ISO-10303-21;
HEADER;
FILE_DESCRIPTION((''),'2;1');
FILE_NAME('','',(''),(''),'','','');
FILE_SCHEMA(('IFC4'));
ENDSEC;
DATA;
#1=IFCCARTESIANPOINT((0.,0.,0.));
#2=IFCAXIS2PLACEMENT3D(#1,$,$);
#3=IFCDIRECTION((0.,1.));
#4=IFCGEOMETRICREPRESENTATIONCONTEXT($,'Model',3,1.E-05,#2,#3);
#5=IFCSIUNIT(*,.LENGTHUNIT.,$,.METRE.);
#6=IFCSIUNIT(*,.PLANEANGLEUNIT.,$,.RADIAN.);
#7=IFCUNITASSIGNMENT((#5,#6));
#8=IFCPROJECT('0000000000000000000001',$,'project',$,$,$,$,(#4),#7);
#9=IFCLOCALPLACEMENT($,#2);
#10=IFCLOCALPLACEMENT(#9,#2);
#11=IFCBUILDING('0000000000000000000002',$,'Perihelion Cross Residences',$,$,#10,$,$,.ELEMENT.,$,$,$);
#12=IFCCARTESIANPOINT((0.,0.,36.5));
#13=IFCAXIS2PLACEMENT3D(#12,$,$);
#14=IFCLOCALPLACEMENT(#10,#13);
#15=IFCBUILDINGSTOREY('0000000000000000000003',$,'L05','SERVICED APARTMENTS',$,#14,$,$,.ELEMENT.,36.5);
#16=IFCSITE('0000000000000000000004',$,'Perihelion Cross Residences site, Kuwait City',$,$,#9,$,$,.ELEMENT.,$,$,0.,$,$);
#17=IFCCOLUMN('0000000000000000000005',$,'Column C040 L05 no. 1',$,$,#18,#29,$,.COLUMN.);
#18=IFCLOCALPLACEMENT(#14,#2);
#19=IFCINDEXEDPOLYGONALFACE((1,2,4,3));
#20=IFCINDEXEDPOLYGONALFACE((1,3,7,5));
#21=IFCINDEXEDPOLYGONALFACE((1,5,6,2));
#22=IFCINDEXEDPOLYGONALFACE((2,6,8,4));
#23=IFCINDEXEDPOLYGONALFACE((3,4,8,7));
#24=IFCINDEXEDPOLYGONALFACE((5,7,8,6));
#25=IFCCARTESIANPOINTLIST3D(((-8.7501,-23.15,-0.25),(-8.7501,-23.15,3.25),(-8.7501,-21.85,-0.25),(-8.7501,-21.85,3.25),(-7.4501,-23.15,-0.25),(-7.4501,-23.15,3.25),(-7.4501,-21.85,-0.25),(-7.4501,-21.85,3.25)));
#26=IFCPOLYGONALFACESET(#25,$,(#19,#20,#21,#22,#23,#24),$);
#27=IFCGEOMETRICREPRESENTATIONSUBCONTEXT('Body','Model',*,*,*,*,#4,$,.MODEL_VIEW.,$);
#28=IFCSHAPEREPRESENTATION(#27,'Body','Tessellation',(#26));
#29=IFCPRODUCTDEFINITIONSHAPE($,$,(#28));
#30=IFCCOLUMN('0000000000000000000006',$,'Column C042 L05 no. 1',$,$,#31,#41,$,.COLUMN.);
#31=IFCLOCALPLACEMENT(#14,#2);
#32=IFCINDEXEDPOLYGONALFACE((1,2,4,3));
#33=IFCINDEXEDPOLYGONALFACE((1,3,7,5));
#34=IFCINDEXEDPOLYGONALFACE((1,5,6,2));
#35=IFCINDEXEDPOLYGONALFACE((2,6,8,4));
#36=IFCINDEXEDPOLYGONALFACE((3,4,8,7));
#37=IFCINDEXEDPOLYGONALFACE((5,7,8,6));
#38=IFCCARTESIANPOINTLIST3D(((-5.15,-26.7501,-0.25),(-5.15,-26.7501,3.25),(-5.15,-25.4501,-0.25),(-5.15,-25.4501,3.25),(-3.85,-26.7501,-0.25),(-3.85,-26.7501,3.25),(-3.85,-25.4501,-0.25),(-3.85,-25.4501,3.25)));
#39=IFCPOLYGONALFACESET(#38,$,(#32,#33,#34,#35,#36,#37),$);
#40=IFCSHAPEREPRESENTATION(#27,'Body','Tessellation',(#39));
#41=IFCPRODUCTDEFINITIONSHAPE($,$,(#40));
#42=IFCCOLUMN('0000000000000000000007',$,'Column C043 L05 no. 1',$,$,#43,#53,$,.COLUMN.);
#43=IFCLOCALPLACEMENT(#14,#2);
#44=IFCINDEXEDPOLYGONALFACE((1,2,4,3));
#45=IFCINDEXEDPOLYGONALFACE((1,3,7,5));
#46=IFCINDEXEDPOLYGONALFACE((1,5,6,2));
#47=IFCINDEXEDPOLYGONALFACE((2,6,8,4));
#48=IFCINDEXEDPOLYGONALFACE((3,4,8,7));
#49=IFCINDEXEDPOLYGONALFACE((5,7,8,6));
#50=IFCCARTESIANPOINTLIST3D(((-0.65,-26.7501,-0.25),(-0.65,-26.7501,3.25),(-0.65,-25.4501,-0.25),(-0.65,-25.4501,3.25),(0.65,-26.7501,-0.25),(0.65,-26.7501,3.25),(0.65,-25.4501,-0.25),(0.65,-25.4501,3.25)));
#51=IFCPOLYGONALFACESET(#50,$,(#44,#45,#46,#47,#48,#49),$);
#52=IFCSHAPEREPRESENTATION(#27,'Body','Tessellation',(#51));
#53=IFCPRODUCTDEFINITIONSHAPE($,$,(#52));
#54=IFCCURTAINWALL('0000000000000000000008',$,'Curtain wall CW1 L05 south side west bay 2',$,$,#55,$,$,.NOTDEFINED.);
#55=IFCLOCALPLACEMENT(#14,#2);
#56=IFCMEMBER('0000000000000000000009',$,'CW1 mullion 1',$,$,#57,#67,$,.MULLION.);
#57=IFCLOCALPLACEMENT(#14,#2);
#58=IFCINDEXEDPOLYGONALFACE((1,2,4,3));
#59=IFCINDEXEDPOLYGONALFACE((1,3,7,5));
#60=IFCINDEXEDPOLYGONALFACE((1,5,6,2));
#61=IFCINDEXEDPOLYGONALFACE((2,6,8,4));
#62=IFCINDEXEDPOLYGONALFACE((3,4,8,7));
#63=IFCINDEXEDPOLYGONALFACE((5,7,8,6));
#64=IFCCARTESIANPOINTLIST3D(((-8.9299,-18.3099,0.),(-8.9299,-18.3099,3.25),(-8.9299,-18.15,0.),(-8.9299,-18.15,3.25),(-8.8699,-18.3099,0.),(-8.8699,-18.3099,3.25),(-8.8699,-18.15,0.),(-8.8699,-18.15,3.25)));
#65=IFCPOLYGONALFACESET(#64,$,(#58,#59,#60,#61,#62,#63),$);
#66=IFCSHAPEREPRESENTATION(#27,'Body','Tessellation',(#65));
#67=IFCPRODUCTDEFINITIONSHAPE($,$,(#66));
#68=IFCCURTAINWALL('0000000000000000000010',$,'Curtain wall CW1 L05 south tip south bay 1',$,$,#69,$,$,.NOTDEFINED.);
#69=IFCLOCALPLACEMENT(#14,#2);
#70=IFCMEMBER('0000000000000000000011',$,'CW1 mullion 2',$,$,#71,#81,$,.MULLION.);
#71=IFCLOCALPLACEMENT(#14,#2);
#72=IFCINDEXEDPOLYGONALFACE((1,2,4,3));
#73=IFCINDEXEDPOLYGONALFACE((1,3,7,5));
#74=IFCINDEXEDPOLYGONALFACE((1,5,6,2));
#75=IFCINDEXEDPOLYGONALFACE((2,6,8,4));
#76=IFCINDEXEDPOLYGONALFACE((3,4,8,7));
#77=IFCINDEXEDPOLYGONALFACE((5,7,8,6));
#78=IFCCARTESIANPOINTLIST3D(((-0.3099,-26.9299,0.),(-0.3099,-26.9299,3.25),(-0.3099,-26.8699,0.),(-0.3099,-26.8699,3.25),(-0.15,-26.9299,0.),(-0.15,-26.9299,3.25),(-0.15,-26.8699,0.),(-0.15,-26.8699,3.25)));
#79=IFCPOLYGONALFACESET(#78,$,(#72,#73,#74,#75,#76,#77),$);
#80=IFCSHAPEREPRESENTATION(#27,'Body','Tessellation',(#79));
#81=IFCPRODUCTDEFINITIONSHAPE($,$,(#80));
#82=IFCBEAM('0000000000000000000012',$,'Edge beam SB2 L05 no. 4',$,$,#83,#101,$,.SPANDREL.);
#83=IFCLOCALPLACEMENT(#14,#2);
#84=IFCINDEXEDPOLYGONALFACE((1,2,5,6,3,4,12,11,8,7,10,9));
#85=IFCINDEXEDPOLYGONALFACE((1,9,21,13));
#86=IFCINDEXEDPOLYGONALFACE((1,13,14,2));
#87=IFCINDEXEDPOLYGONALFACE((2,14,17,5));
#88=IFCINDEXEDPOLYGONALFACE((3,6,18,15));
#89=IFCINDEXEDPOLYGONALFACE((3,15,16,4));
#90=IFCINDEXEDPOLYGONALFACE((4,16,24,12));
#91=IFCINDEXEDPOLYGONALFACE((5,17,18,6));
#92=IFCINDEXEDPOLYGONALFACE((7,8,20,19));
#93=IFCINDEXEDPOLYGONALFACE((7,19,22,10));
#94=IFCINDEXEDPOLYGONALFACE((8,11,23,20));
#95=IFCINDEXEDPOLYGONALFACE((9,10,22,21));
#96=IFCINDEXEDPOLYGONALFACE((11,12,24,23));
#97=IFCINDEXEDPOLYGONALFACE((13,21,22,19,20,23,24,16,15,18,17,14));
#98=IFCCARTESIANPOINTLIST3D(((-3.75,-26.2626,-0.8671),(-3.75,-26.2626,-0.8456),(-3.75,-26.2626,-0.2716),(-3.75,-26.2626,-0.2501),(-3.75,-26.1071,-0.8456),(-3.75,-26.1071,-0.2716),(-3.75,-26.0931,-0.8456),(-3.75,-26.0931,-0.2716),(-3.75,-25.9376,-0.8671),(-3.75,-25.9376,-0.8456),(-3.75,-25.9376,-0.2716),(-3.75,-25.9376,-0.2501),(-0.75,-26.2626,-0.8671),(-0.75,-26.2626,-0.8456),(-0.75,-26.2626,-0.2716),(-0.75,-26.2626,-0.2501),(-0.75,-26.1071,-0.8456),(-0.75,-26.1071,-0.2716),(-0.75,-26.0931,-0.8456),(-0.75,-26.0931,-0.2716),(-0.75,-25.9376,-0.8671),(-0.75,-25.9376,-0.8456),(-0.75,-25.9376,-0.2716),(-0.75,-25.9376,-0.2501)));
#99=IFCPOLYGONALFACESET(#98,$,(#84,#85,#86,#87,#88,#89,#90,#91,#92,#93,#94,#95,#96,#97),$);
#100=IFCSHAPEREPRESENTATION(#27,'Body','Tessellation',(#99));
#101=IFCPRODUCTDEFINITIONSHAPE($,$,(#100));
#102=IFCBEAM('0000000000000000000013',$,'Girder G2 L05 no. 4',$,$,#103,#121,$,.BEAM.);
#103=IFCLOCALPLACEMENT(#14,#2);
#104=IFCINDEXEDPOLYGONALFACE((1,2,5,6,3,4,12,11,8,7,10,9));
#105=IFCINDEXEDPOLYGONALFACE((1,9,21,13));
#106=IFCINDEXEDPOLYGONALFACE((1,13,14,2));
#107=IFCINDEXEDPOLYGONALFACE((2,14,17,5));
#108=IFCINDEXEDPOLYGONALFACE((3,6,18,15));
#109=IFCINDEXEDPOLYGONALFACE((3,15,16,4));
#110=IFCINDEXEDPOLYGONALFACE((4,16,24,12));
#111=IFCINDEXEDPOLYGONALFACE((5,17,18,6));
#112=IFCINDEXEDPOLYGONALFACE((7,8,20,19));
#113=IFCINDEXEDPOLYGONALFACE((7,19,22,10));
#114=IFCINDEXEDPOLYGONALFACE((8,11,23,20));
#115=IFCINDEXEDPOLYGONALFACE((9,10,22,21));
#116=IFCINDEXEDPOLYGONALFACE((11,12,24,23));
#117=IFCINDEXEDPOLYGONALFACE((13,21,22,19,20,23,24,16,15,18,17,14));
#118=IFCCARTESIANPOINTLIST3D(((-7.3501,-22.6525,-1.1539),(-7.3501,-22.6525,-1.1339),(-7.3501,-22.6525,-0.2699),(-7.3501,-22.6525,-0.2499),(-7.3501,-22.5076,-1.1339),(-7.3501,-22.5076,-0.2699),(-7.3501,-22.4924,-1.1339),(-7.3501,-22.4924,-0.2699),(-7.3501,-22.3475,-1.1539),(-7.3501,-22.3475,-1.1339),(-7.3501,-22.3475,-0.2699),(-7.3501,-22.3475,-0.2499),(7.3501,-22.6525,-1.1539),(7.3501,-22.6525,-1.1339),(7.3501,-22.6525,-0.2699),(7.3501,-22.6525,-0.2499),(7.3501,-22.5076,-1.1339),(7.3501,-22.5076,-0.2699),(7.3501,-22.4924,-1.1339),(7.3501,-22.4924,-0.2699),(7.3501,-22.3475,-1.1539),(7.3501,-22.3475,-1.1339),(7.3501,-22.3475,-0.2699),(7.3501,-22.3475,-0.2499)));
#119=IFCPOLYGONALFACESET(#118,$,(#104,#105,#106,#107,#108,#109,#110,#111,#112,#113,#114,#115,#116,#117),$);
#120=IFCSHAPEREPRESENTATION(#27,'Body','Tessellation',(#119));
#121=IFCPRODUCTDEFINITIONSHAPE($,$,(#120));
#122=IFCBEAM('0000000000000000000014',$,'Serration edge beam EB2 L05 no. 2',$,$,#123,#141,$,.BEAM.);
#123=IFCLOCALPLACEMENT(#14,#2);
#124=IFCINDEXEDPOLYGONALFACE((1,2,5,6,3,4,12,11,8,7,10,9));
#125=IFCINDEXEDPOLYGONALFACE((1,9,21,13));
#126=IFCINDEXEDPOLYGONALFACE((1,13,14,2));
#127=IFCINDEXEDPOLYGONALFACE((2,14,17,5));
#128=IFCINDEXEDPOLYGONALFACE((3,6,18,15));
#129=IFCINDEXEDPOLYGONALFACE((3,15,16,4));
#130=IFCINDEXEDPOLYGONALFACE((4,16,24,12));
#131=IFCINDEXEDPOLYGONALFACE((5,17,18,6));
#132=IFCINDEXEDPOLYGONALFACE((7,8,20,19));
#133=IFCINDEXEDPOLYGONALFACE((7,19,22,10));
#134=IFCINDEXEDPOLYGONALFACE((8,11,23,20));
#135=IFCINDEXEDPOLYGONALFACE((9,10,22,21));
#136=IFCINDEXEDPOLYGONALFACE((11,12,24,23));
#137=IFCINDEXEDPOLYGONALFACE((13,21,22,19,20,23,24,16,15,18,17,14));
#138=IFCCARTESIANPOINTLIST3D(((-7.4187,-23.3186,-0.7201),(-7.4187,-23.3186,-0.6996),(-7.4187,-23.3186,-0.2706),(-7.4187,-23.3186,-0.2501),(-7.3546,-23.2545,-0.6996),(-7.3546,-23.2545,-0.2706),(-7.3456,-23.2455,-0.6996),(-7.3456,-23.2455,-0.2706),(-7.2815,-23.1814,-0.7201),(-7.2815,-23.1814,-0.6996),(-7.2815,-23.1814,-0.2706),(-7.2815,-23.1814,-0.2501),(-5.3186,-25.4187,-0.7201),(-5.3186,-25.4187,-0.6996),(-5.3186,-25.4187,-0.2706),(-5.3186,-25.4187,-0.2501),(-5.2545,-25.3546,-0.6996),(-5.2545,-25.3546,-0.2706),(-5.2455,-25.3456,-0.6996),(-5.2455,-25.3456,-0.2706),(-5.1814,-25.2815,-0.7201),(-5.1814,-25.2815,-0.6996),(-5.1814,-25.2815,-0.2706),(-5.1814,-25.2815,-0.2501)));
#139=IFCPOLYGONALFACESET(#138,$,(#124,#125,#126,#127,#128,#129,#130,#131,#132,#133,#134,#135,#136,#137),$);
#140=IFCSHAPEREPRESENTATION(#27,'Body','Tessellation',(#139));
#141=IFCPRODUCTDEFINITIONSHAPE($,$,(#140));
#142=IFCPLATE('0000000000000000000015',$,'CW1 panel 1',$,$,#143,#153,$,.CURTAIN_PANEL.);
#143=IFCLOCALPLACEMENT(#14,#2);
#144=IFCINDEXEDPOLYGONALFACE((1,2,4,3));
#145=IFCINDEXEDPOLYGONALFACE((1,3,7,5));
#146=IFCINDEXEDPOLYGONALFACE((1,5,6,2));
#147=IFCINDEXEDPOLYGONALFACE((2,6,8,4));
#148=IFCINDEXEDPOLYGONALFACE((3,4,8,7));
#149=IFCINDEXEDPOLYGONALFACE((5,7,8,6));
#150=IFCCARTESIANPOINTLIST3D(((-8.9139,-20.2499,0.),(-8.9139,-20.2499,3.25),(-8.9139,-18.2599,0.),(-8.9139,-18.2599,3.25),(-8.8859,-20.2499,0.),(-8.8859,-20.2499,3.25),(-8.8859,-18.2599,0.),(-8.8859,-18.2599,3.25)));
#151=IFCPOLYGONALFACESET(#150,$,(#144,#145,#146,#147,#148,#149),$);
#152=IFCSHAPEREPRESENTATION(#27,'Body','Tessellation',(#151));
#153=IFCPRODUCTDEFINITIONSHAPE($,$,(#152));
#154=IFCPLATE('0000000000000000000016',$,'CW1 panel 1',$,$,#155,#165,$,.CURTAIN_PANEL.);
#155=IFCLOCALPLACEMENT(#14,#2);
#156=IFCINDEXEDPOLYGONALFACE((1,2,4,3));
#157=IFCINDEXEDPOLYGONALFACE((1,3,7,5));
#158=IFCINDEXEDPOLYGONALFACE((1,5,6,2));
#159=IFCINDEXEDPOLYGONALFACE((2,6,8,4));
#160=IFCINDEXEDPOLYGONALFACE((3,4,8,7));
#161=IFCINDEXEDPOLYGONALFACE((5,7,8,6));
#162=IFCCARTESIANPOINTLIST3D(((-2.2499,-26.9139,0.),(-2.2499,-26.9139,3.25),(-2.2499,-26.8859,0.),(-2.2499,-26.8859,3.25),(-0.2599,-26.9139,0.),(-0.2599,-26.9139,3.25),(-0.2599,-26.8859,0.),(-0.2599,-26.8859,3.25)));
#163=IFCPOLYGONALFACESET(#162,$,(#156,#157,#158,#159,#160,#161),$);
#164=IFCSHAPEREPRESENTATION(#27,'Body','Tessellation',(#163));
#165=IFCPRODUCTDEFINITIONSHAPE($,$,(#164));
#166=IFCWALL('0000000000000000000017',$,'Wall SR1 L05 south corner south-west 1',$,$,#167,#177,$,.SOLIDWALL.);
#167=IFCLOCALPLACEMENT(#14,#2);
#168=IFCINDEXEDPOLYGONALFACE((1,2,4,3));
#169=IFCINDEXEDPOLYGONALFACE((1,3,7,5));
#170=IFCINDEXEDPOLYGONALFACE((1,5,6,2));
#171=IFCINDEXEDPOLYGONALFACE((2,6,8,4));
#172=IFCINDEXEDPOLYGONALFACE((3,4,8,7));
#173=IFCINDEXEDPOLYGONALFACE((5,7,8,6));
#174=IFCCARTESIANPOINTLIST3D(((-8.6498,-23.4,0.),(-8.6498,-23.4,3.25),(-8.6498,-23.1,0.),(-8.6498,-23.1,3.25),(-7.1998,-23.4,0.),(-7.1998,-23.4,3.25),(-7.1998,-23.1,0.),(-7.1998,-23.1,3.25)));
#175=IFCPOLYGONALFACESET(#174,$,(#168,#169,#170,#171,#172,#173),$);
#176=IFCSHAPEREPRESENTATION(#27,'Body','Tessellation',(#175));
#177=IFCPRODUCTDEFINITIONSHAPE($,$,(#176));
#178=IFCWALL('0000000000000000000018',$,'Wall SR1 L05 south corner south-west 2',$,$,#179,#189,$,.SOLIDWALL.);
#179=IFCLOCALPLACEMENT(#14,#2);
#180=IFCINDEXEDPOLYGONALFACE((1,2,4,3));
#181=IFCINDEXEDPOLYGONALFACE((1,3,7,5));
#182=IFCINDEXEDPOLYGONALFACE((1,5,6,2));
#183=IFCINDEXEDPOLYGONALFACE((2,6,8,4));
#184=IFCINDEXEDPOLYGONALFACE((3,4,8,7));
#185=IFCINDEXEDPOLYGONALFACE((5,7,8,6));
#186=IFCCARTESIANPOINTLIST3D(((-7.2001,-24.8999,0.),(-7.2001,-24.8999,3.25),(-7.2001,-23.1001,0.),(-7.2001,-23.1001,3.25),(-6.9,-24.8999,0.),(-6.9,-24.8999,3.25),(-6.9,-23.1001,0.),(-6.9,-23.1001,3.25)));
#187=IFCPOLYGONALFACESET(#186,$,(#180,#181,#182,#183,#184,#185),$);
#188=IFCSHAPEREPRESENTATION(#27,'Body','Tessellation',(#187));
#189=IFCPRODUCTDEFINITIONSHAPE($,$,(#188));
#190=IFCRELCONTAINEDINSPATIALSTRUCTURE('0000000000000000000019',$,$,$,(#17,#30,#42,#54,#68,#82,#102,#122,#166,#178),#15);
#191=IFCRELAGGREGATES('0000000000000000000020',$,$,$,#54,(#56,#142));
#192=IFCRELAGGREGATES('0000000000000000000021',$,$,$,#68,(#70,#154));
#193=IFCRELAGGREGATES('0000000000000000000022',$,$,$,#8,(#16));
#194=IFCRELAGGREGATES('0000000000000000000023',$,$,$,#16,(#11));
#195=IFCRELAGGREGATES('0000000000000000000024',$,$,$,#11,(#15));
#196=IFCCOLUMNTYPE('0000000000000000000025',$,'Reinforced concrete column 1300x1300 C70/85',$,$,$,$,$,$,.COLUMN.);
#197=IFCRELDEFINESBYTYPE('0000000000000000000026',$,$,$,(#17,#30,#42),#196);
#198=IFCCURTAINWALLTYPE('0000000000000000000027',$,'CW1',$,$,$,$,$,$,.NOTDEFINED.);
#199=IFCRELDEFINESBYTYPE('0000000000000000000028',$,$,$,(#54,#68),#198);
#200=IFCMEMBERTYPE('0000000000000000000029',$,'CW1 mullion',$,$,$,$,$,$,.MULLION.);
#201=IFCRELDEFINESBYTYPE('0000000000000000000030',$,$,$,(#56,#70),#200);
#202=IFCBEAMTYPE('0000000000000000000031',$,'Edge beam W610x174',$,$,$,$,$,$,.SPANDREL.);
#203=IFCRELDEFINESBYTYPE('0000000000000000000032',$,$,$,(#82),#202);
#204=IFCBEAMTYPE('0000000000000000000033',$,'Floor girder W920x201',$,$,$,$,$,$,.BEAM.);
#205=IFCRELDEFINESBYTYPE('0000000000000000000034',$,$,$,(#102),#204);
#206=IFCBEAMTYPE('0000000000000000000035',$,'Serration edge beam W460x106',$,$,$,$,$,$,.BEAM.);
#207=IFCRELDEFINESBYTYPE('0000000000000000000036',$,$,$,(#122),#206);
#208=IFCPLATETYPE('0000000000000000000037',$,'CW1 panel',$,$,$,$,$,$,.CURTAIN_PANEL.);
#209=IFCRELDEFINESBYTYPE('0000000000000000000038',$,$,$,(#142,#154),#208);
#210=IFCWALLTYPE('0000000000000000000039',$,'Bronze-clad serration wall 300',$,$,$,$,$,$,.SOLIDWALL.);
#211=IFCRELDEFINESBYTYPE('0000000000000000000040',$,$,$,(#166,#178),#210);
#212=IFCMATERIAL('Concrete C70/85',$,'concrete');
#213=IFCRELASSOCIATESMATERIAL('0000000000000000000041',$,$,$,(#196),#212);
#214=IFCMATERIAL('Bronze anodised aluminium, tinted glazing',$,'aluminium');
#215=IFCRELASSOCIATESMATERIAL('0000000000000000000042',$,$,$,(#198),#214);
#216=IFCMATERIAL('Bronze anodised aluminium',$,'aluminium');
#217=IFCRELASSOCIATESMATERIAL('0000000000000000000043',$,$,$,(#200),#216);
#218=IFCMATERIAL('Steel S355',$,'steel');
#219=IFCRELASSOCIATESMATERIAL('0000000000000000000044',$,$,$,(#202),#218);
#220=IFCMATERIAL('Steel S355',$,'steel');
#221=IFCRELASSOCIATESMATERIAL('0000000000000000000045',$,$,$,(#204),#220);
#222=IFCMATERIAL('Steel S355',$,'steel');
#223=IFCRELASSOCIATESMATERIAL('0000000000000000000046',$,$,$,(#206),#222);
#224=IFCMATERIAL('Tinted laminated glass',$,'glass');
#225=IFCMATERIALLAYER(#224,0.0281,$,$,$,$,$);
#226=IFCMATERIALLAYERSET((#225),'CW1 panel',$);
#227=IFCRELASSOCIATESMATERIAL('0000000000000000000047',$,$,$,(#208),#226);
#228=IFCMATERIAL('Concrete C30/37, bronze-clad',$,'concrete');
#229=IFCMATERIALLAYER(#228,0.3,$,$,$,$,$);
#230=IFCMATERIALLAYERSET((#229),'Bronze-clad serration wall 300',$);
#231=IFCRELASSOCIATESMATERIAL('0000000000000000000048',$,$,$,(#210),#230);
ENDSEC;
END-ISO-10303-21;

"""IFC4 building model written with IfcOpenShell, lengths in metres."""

from ifc_helpers import new_model, si_unit, direction, frame, frame_2d, origin, origin_2d, place, context, subcontext, project, spatial, rectangle, i_section, extrude, material, layer, layer_set, material_profile, profile_set, type_object, element, aggregate, save


model = new_model("IFC4")

# Units and contexts
model_context = context("Model", 3, precision=1e-05, world=origin(), true_north=direction((0.0, 1.0)))
body_context = subcontext(model_context, "Body", "Model", "MODEL_VIEW")
ifc_project = project(units=[si_unit("LENGTHUNIT", "METRE"), si_unit("PLANEANGLEUNIT", "RADIAN")], contexts=[model_context])

# Site, building, storey
site_placement = place(None, origin())
site = spatial("IfcSite", under=ifc_project, at=site_placement, Name="Perihelion Cross Residences site, Kuwait City", CompositionType="ELEMENT", RefElevation=0.0)
building_placement = place(site_placement, origin())
building = spatial("IfcBuilding", under=site, at=building_placement, Name="Perihelion Cross Residences", CompositionType="ELEMENT")
storey_placement = place(building_placement, frame((0.0, 0.0, 36.5)))
storey = spatial("IfcBuildingStorey", under=building, at=storey_placement, Name="L05", Description="SERVICED APARTMENTS", CompositionType="ELEMENT", Elevation=36.5)

# Columns
ifc_material_1 = material(Name="Concrete C70/85", Category="concrete")
ifc_material_profile_1 = material_profile(ifc_material_1, rectangle(XDim=1.3, YDim=1.3, at=origin_2d()), Name="RC 1300x1300")
ifc_profile_set_1 = profile_set([ifc_material_profile_1], Name="Concrete C70/85")
column_type = type_object("IfcColumnType", Name="Reinforced concrete column 1300x1300 C70/85", PredefinedType="COLUMN", material=ifc_profile_set_1)
for number, where, z_axis, x_axis, name in (
    (1, (-8.1001, -22.5, -0.25), (0.0, 0.0, 1.0), (1.0, 0.0, 0.0), "Column C040 L05 no. 1"),
    (2, (-4.5, -26.1001, -0.25), (0.0, 0.0, 1.0), (1.0, 0.0, 0.0), "Column C042 L05 no. 1"),
    (3, (0.0, -26.1001, -0.25), (0.0, 0.0, 1.0), (1.0, 0.0, 0.0), "Column C043 L05 no. 1"),
):
    element("IfcColumn", number, at=place(storey_placement, frame(where, z_axis=z_axis, x_axis=x_axis)), inside=storey, type_object=column_type, Name=name, PredefinedType="COLUMN", context=body_context, shape_type="SweptSolid", body=[
        extrude(rectangle(XDim=1.3, YDim=1.3, at=origin_2d()), origin(), (0.0, 0.0, 1.0), 3.5),
    ])

# Curtain walls, members
ifc_material_2 = material(Name="Bronze anodised aluminium, tinted glazing", Category="aluminium")
curtain_wall_type = type_object("IfcCurtainWallType", Name="CW1", PredefinedType="NOTDEFINED", material=ifc_material_2)
curtain_wall_1_placement = place(storey_placement, origin())
curtain_wall_1 = element("IfcCurtainWall", 4, at=curtain_wall_1_placement, inside=storey, type_object=curtain_wall_type, Name="Curtain wall CW1 L05 south side west bay 2", PredefinedType="NOTDEFINED")
ifc_material_3 = material(Name="Bronze anodised aluminium", Category="aluminium")
ifc_material_profile_2 = material_profile(ifc_material_3, rectangle(XDim=0.0601, YDim=0.1599, at=origin_2d()), Name="CW1 mullion")
ifc_profile_set_2 = profile_set([ifc_material_profile_2], Name="Bronze anodised aluminium")
member_type = type_object("IfcMemberType", Name="CW1 mullion", PredefinedType="MULLION", material=ifc_profile_set_2)
member_1_placement = place(storey_placement, frame((-8.8999, -18.23, 0.0), z_axis=(0.0, 0.0, 1.0), x_axis=(1.0, 0.0, 0.0)))
member_1 = element("IfcMember", 5, at=member_1_placement, type_object=member_type, Name="CW1 mullion 1", PredefinedType="MULLION", context=body_context, shape_type="SweptSolid", body=[
    extrude(rectangle(XDim=0.0601, YDim=0.1599, at=origin_2d()), origin(), (0.0, 0.0, 1.0), 3.25),
])
curtain_wall_2_placement = place(storey_placement, origin())
curtain_wall_2 = element("IfcCurtainWall", 6, at=curtain_wall_2_placement, inside=storey, type_object=curtain_wall_type, Name="Curtain wall CW1 L05 south tip south bay 1", PredefinedType="NOTDEFINED")
member_2_placement = place(storey_placement, frame((-0.23, -26.8999, 0.0), z_axis=(0.0, 0.0, 1.0), x_axis=(0.0, 1.0, 0.0)))
member_2 = element("IfcMember", 7, at=member_2_placement, type_object=member_type, Name="CW1 mullion 2", PredefinedType="MULLION", context=body_context, shape_type="SweptSolid", body=[
    extrude(rectangle(XDim=0.0601, YDim=0.1599, at=origin_2d()), origin(), (0.0, 0.0, 1.0), 3.25),
])

# Beams
ifc_material_4 = material(Name="Steel S355", Category="steel")
ifc_material_profile_3 = material_profile(ifc_material_4, i_section(OverallWidth=0.325, OverallDepth=0.6169, WebThickness=0.0139, FlangeThickness=0.0215, at=origin_2d()), Name="W610x174")
ifc_profile_set_3 = profile_set([ifc_material_profile_3], Name="Steel S355")
beam_type_1 = type_object("IfcBeamType", Name="Edge beam W610x174", PredefinedType="SPANDREL", material=ifc_profile_set_3)
beam_1_placement = place(storey_placement, frame((-3.75, -26.1001, -0.5586), z_axis=(1.0, 0.0, 0.0), x_axis=(0.0, 1.0, 0.0)))
element("IfcBeam", 8, at=beam_1_placement, inside=storey, type_object=beam_type_1, Name="Edge beam SB2 L05 no. 4", PredefinedType="SPANDREL", context=body_context, shape_type="SweptSolid", body=[
    extrude(i_section(OverallWidth=0.325, OverallDepth=0.6169, WebThickness=0.0139, FlangeThickness=0.0215, at=origin_2d()), origin(), (0.0, 0.0, 1.0), 3.0),
])
ifc_material_5 = material(Name="Steel S355", Category="steel")
ifc_material_profile_4 = material_profile(ifc_material_5, i_section(OverallWidth=0.3049, OverallDepth=0.9041, WebThickness=0.0151, FlangeThickness=0.02, at=origin_2d()), Name="W920x201")
ifc_profile_set_4 = profile_set([ifc_material_profile_4], Name="Steel S355")
beam_type_2 = type_object("IfcBeamType", Name="Floor girder W920x201", PredefinedType="BEAM", material=ifc_profile_set_4)
beam_2_placement = place(storey_placement, frame((-7.3501, -22.5, -0.7019), z_axis=(1.0, 0.0, 0.0), x_axis=(0.0, 1.0, 0.0)))
element("IfcBeam", 9, at=beam_2_placement, inside=storey, type_object=beam_type_2, Name="Girder G2 L05 no. 4", PredefinedType="BEAM", context=body_context, shape_type="SweptSolid", body=[
    extrude(i_section(OverallWidth=0.3049, OverallDepth=0.9041, WebThickness=0.0151, FlangeThickness=0.02, at=origin_2d()), origin(), (0.0, 0.0, 1.0), 14.7002),
])
ifc_material_6 = material(Name="Steel S355", Category="steel")
ifc_material_profile_5 = material_profile(ifc_material_6, i_section(OverallWidth=0.1941, OverallDepth=0.47, WebThickness=0.0127, FlangeThickness=0.0205, at=origin_2d()), Name="W460x106")
ifc_profile_set_5 = profile_set([ifc_material_profile_5], Name="Steel S355")
beam_type_3 = type_object("IfcBeamType", Name="Serration edge beam W460x106", PredefinedType="BEAM", material=ifc_profile_set_5)
beam_3_placement = place(storey_placement, frame((-7.3501, -23.25, -0.4851), z_axis=(0.707107, -0.707107, 0.0), x_axis=(0.707107, 0.707107, 0.0)))
element("IfcBeam", 10, at=beam_3_placement, inside=storey, type_object=beam_type_3, Name="Serration edge beam EB2 L05 no. 2", PredefinedType="BEAM", context=body_context, shape_type="SweptSolid", body=[
    extrude(i_section(OverallWidth=0.1941, OverallDepth=0.47, WebThickness=0.0127, FlangeThickness=0.0205, at=origin_2d()), origin(), (0.0, 0.0, 1.0), 2.97),
])

# Plates
ifc_material_7 = material(Name="Tinted laminated glass", Category="glass")
ifc_layer_1 = layer(ifc_material_7, 0.0281)
ifc_layer_set_1 = layer_set([ifc_layer_1], Name="CW1 panel")
plate_type = type_object("IfcPlateType", Name="CW1 panel", PredefinedType="CURTAIN_PANEL", material=ifc_layer_set_1)
plate_1_placement = place(storey_placement, frame((-8.8999, -19.2549, 0.0), z_axis=(0.0, 0.0, 1.0), x_axis=(0.0, -1.0, 0.0)))
plate_1 = element("IfcPlate", 11, at=plate_1_placement, type_object=plate_type, Name="CW1 panel 1", PredefinedType="CURTAIN_PANEL", context=body_context, shape_type="SweptSolid", body=[
    extrude(rectangle(XDim=1.99, YDim=0.0281, at=origin_2d()), origin(), (0.0, 0.0, 1.0), 3.25),
])
aggregate(curtain_wall_1, [member_1, plate_1])
plate_2_placement = place(storey_placement, frame((-1.2549, -26.8999, 0.0), z_axis=(0.0, 0.0, 1.0), x_axis=(1.0, 0.0, 0.0)))
plate_2 = element("IfcPlate", 12, at=plate_2_placement, type_object=plate_type, Name="CW1 panel 1", PredefinedType="CURTAIN_PANEL", context=body_context, shape_type="SweptSolid", body=[
    extrude(rectangle(XDim=1.99, YDim=0.0281, at=origin_2d()), origin(), (0.0, 0.0, 1.0), 3.25),
])
aggregate(curtain_wall_2, [member_2, plate_2])

# Walls
ifc_material_8 = material(Name="Concrete C30/37, bronze-clad", Category="concrete")
ifc_layer_2 = layer(ifc_material_8, 0.3)
ifc_layer_set_2 = layer_set([ifc_layer_2], Name="Bronze-clad serration wall 300")
wall_type_1 = type_object("IfcWallType", Name="Bronze-clad serration wall 300", PredefinedType="SOLIDWALL", material=ifc_layer_set_2)
wall_1_placement = place(storey_placement, frame((-8.6499, -23.25, 0.0), z_axis=(0.0, 0.0, 1.0), x_axis=(1.0, 0.0, 0.0)))
element("IfcWall", 13, at=wall_1_placement, inside=storey, type_object=wall_type_1, Name="Wall SR1 L05 south corner south-west 1", PredefinedType="SOLIDWALL", context=body_context, shape_type="SweptSolid", body=[
    extrude(rectangle(XDim=1.45, YDim=0.3, at=frame_2d((0.7251, 0.0))), origin(), (0.0, 0.0, 1.0), 3.25),
])
wall_2_placement = place(storey_placement, frame((-7.05, -23.1001, 0.0), z_axis=(0.0, 0.0, 1.0), x_axis=(0.0, -1.0, 0.0)))
element("IfcWall", 14, at=wall_2_placement, inside=storey, type_object=wall_type_1, Name="Wall SR1 L05 south corner south-west 2", PredefinedType="SOLIDWALL", context=body_context, shape_type="SweptSolid", body=[
    extrude(rectangle(XDim=1.7998, YDim=0.3, at=frame_2d((0.8999, 0.0))), origin(), (0.0, 0.0, 1.0), 3.25),
])

save(model, "model.ifc")
